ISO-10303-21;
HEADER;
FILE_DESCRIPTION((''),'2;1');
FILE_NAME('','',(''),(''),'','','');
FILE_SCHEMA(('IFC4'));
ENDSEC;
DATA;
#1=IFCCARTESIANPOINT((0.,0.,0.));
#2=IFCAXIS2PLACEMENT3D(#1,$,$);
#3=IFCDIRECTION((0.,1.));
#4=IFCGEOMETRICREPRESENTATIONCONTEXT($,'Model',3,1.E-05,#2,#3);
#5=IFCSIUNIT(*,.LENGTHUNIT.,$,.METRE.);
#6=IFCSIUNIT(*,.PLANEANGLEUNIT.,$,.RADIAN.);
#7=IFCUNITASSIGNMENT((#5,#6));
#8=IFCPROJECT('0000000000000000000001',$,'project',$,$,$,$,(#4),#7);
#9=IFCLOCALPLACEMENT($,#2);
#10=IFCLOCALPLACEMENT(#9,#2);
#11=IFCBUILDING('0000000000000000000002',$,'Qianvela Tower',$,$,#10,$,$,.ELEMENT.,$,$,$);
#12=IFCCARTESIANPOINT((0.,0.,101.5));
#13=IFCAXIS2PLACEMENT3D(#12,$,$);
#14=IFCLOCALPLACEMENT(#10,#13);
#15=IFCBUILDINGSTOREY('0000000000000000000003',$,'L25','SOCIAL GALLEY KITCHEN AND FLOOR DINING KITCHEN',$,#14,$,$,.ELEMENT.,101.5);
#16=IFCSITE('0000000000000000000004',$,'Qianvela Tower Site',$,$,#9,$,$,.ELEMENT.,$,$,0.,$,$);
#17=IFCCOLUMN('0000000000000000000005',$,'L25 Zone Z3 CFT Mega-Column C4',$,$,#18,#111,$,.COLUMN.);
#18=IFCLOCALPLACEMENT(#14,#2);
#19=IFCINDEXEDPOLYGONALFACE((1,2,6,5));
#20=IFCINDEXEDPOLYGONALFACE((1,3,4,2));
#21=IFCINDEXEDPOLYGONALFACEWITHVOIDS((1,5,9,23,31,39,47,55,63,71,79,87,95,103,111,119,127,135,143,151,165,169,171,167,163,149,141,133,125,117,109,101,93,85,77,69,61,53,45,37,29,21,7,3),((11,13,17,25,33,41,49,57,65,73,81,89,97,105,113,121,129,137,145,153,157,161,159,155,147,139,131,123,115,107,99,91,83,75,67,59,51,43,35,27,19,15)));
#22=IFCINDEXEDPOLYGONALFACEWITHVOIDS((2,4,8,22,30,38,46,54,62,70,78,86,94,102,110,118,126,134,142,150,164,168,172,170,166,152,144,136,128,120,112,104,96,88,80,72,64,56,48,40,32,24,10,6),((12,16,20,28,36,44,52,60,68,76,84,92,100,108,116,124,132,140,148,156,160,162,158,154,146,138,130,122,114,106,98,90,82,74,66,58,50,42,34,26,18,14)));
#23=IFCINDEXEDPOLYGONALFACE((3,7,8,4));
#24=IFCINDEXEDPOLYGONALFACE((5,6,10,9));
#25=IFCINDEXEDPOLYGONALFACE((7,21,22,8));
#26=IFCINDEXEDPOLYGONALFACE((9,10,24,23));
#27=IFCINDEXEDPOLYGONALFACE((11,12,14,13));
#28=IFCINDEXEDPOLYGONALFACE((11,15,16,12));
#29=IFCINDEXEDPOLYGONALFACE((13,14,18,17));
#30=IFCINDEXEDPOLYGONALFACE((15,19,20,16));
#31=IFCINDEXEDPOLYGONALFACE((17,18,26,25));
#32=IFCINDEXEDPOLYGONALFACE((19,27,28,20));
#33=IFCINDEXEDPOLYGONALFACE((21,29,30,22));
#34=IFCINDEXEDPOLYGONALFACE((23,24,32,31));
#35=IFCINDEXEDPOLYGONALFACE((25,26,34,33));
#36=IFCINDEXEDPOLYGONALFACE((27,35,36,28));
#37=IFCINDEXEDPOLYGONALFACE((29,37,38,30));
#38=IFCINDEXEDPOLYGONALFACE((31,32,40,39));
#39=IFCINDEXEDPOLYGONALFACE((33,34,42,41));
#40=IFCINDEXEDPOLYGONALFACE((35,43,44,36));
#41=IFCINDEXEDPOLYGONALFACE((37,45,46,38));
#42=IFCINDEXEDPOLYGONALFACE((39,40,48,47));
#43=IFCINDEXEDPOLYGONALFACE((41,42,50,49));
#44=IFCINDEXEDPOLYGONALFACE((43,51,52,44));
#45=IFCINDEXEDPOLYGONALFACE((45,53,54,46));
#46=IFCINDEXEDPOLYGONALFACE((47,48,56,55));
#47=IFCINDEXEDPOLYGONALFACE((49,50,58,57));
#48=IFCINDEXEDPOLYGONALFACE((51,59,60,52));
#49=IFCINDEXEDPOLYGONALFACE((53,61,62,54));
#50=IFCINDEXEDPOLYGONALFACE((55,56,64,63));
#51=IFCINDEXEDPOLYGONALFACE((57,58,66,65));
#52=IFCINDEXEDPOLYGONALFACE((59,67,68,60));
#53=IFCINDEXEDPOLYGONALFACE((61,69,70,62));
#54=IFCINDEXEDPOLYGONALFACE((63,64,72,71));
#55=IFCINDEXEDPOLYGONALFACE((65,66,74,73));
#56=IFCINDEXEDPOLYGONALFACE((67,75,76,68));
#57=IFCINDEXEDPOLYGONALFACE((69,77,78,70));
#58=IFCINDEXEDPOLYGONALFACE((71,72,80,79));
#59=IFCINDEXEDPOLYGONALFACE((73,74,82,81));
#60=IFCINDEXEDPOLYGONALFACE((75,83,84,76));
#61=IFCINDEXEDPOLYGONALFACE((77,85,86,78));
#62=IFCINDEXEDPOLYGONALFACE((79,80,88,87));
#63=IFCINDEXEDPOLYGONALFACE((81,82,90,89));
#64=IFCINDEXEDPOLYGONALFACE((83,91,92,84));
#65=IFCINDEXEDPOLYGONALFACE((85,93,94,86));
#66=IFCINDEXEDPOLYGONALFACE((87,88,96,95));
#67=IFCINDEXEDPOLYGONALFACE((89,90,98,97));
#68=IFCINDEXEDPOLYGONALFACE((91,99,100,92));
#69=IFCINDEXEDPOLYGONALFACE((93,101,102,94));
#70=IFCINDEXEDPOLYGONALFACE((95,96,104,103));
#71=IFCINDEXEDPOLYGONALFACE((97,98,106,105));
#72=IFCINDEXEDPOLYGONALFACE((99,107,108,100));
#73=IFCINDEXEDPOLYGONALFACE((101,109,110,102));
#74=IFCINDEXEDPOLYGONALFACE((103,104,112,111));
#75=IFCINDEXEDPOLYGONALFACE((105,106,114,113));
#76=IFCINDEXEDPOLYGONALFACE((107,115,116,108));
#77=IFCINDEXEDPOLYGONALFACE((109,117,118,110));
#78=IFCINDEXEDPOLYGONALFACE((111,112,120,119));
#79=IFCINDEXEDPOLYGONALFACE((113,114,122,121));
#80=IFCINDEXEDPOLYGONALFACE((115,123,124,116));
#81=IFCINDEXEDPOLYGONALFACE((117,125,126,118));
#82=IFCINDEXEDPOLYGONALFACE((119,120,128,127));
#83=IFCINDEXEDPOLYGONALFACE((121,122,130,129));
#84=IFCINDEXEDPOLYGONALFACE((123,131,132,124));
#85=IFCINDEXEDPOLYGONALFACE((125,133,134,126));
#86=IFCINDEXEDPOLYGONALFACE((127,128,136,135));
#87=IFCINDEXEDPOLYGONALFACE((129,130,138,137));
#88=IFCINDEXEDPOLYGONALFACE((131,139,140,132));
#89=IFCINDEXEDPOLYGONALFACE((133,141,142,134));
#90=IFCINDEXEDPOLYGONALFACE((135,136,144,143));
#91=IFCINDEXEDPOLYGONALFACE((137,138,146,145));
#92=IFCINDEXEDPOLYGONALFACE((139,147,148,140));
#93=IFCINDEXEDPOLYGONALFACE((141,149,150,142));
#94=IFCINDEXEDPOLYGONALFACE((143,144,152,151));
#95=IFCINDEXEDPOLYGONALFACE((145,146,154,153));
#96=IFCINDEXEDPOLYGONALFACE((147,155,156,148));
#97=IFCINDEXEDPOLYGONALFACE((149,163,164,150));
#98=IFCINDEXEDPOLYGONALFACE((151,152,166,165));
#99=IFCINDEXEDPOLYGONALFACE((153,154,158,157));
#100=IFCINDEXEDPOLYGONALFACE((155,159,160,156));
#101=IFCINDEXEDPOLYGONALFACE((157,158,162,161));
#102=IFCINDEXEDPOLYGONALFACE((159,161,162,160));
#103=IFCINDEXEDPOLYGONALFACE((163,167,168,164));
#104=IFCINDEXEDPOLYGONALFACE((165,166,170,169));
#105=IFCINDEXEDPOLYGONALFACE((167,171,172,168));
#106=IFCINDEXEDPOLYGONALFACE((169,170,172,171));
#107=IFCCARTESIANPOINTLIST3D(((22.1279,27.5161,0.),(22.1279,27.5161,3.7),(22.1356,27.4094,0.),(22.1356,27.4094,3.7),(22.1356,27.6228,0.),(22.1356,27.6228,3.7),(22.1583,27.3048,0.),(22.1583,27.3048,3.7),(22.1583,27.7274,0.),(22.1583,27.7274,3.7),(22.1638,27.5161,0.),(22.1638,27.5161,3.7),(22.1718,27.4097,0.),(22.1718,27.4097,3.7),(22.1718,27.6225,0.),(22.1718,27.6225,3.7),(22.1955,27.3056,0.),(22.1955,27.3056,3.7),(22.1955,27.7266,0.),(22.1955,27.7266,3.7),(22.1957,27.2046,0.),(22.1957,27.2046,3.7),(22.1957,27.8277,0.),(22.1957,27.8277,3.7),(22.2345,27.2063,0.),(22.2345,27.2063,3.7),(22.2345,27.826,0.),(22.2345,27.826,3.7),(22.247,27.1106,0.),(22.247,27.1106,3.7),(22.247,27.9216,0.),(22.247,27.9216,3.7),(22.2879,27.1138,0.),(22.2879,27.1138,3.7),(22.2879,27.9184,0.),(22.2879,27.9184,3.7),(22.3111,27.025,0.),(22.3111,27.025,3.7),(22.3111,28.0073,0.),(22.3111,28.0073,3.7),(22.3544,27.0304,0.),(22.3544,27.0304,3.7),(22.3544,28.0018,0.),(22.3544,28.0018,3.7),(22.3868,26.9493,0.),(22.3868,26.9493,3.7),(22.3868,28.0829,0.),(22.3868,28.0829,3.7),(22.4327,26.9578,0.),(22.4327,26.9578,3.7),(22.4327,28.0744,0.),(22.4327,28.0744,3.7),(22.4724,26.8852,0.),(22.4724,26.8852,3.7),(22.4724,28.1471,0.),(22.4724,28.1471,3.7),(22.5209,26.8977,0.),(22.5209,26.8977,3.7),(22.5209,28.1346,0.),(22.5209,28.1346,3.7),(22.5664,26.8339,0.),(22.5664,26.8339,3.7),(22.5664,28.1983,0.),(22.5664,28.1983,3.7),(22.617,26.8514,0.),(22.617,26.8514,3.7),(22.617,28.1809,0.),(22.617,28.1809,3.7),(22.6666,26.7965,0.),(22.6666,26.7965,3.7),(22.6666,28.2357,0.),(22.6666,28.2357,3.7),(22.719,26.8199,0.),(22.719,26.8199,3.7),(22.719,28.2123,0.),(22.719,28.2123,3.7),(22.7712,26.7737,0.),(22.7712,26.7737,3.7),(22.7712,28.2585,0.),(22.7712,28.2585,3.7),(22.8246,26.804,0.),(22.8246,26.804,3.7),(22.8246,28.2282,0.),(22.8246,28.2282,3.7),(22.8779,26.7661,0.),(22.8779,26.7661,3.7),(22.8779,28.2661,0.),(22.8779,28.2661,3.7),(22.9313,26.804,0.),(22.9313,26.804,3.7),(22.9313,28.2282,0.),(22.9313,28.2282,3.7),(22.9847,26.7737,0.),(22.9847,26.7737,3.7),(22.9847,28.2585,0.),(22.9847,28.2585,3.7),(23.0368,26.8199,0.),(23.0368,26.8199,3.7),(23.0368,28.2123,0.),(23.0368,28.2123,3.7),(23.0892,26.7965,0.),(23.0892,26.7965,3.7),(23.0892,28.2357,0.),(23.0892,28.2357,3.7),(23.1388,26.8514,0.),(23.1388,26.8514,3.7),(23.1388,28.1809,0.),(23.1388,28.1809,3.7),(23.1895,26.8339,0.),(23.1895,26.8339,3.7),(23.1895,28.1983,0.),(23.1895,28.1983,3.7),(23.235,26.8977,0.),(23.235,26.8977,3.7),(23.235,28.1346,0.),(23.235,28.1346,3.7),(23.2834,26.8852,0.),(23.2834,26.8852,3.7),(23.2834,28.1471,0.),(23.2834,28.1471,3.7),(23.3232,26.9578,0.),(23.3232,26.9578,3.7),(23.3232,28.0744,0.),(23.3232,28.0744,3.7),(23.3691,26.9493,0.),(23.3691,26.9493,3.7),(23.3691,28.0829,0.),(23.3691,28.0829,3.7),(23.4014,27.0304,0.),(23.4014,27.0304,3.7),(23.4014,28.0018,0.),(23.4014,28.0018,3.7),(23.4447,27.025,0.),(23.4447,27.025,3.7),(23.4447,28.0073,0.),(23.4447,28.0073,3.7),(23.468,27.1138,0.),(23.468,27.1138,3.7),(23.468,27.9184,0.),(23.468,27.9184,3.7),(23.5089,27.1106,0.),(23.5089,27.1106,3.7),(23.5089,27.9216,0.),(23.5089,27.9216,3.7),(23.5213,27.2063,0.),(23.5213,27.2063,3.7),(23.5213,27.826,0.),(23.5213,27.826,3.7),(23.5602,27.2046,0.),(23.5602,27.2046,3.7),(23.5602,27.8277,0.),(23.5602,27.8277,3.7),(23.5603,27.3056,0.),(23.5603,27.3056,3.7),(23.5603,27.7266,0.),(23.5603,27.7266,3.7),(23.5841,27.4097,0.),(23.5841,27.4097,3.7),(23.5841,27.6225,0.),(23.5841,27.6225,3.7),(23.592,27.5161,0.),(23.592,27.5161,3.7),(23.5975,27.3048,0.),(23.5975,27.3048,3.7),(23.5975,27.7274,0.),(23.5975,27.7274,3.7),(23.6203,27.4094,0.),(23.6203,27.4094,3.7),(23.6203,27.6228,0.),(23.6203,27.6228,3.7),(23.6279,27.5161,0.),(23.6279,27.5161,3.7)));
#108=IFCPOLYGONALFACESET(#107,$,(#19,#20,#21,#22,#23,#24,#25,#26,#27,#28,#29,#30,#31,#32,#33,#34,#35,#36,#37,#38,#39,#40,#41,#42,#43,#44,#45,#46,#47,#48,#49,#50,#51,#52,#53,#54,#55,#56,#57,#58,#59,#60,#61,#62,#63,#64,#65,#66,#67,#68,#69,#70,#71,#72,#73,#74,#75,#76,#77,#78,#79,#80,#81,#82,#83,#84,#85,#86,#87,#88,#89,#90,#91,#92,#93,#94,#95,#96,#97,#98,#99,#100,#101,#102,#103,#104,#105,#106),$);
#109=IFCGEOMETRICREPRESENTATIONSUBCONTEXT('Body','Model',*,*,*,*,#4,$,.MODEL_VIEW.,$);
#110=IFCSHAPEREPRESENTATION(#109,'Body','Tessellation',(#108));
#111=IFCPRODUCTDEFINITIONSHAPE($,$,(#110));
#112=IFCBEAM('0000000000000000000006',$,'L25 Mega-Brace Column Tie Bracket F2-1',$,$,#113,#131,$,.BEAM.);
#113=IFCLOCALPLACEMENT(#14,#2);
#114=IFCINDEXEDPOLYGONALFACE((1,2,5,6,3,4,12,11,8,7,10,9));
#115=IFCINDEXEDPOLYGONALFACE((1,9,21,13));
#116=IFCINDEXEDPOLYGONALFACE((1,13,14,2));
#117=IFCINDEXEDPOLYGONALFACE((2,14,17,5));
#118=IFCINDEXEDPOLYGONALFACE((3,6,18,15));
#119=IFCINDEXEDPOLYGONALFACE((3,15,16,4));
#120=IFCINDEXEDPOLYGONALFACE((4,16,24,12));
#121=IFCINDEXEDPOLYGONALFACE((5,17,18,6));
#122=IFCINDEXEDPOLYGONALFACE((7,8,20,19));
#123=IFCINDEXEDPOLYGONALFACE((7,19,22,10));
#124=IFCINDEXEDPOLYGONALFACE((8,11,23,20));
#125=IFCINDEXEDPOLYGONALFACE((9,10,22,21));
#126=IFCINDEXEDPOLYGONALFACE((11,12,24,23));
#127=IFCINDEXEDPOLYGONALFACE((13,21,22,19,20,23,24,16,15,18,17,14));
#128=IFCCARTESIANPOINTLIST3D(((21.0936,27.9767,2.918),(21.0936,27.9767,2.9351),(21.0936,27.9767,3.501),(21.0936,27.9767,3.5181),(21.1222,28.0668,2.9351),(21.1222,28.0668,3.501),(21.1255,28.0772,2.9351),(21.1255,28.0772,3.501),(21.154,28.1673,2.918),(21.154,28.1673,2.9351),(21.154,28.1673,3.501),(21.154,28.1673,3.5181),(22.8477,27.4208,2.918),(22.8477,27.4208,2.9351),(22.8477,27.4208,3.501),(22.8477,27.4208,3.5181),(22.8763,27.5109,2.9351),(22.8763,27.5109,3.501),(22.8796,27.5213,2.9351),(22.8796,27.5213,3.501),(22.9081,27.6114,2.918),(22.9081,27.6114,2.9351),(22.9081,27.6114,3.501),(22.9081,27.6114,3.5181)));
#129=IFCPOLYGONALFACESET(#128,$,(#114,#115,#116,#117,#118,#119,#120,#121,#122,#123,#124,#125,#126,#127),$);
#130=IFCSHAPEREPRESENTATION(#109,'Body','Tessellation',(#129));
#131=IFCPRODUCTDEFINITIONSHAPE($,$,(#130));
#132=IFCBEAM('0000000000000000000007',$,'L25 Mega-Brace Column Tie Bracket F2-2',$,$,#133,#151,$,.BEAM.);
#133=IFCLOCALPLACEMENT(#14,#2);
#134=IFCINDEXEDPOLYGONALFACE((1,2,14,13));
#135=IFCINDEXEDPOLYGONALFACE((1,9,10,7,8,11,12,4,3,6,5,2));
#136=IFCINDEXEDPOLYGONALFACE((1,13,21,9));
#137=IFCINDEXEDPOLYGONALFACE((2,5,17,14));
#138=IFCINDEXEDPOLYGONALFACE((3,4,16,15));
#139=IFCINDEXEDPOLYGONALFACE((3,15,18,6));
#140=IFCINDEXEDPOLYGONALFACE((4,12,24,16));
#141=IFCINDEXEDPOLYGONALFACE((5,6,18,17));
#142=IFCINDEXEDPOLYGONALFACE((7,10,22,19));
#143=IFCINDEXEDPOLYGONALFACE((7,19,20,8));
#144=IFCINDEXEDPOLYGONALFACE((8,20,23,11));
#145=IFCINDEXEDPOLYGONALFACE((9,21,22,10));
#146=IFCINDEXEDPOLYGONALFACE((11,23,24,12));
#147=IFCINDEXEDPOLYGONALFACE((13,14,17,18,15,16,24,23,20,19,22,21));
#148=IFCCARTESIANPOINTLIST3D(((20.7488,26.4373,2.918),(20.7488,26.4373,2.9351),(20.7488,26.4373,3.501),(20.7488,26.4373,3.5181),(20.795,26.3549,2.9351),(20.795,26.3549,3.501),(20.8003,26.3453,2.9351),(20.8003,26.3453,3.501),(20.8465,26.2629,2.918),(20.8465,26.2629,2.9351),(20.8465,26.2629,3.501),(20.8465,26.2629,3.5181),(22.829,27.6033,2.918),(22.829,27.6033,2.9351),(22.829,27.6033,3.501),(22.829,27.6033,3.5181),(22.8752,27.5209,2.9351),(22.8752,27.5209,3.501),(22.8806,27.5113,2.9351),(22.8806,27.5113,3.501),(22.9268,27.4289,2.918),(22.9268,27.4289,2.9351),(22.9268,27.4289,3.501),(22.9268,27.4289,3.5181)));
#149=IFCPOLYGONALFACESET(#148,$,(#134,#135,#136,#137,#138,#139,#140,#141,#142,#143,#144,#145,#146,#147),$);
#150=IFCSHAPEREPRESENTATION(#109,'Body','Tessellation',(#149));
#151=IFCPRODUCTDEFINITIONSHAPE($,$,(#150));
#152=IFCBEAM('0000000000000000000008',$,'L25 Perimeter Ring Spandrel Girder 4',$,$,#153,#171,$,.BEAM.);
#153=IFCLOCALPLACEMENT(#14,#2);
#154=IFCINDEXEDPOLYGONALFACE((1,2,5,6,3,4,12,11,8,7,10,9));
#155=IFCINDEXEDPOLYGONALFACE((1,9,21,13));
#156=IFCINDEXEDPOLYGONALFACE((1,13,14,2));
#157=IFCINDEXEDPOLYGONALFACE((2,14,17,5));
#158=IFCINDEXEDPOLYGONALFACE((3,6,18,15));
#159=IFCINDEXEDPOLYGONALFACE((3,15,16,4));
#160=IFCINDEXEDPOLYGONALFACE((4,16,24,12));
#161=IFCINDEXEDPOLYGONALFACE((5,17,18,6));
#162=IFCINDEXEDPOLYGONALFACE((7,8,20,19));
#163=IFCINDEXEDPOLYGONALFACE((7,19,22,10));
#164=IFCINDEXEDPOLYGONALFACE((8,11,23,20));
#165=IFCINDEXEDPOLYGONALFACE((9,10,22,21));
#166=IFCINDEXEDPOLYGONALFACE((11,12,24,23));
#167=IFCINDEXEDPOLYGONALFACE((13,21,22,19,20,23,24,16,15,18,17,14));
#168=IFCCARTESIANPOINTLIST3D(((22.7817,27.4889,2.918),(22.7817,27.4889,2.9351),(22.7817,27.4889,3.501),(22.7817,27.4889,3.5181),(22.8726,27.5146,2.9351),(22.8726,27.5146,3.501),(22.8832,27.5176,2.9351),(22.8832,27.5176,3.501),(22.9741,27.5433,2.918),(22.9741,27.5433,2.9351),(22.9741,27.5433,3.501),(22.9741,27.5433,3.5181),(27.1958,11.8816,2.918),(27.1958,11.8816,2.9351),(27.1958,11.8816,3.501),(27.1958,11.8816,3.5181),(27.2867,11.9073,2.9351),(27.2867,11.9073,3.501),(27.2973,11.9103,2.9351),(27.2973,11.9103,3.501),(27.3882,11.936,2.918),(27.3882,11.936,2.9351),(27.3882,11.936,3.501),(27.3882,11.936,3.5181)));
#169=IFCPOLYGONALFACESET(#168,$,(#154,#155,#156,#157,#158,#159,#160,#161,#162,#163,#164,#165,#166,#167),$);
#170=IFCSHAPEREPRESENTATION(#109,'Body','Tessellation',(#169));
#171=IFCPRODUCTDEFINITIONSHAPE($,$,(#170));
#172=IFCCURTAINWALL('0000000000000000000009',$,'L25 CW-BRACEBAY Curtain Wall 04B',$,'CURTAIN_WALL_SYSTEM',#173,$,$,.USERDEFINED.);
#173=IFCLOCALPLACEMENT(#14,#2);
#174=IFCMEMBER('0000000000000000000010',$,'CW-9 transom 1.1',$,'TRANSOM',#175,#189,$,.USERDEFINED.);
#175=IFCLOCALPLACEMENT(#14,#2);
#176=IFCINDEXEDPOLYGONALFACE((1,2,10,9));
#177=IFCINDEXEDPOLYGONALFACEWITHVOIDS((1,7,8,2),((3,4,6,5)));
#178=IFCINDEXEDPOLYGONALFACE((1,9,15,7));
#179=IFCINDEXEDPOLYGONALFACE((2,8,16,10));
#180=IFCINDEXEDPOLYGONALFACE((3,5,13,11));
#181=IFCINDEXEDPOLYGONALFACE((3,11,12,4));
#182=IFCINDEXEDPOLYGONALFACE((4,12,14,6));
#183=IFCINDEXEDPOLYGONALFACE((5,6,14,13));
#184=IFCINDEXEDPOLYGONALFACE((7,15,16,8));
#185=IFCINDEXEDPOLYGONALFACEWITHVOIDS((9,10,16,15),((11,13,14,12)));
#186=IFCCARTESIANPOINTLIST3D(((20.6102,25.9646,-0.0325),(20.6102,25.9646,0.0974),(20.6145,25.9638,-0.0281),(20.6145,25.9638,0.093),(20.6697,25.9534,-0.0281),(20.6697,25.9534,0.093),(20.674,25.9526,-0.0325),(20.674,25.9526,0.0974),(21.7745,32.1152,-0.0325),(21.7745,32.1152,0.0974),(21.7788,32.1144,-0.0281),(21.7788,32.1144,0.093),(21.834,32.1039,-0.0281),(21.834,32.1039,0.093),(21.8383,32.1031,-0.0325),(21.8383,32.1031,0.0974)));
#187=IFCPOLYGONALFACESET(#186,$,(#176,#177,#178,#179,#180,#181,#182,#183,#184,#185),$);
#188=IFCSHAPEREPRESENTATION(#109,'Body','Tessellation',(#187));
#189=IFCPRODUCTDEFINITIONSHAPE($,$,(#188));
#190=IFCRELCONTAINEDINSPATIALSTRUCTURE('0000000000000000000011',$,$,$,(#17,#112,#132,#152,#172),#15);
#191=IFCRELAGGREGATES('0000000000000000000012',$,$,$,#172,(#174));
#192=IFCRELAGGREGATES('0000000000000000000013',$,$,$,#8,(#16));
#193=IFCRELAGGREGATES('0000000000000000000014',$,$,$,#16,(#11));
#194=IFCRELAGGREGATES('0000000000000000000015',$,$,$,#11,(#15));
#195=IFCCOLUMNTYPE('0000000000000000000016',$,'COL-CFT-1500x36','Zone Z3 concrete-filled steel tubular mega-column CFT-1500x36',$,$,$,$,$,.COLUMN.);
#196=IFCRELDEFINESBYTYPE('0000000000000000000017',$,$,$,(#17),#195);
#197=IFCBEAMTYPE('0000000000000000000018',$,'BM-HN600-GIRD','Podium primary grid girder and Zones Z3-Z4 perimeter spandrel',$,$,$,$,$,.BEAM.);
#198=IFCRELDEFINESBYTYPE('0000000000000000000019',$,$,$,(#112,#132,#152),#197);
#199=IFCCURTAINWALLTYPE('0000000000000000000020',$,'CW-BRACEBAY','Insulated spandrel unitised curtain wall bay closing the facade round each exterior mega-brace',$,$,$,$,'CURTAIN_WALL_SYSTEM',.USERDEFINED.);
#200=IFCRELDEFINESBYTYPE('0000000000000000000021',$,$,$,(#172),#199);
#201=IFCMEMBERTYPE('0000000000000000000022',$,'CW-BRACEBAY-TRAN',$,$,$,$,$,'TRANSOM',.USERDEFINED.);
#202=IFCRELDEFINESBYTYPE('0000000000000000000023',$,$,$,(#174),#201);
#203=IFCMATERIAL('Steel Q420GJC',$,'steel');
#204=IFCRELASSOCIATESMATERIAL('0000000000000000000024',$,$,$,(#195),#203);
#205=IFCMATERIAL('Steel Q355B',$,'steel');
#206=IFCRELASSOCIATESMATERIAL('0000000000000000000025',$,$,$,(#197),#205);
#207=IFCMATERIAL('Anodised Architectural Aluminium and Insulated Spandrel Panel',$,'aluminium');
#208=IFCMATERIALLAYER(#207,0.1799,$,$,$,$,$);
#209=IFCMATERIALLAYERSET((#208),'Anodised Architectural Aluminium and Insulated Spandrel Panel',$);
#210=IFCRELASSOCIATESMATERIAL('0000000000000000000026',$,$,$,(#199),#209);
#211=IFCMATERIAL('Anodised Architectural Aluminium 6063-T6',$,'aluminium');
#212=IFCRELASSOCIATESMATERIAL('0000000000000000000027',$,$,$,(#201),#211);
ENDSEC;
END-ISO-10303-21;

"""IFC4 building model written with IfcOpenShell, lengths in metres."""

from ifc_helpers import new_model, si_unit, direction, frame, origin, origin_2d, place, context, subcontext, project, spatial, hollow_rectangle, hollow_circle, i_section, extrude, material, layer, layer_set, material_profile, profile_set, type_object, element, aggregate, save


model = new_model("IFC4")

# Units and contexts
model_context = context("Model", 3, precision=1e-05, world=origin(), true_north=direction((0.0, 1.0)))
body_context = subcontext(model_context, "Body", "Model", "MODEL_VIEW")
ifc_project = project(units=[si_unit("LENGTHUNIT", "METRE"), si_unit("PLANEANGLEUNIT", "RADIAN")], contexts=[model_context])

# Site, building, storey
site_placement = place(None, origin())
site = spatial("IfcSite", under=ifc_project, at=site_placement, Name="Qianvela Tower Site", CompositionType="ELEMENT", RefElevation=0.0)
building_placement = place(site_placement, origin())
building = spatial("IfcBuilding", under=site, at=building_placement, Name="Qianvela Tower", CompositionType="ELEMENT")
storey_placement = place(building_placement, frame((0.0, 0.0, 101.5)))
storey = spatial("IfcBuildingStorey", under=building, at=storey_placement, Name="L25", Description="SOCIAL GALLEY KITCHEN AND FLOOR DINING KITCHEN", CompositionType="ELEMENT", Elevation=101.5)

# Column
ifc_material_1 = material(Name="Steel Q420GJC", Category="steel")
ifc_material_profile_1 = material_profile(ifc_material_1, hollow_circle(Radius=0.75, WallThickness=0.0359, at=origin_2d()), Name="CFT-1500x36")
ifc_profile_set_1 = profile_set([ifc_material_profile_1], Name="Steel Q420GJC")
column_type = type_object("IfcColumnType", Name="COL-CFT-1500x36", Description="Zone Z3 concrete-filled steel tubular mega-column CFT-1500x36", PredefinedType="COLUMN", material=ifc_profile_set_1)
column_placement = place(storey_placement, frame((22.8779, 27.5161, 0.0), z_axis=(0.0, 0.0, 1.0), x_axis=(1.0, 0.0, 0.0)))
element("IfcColumn", 1, at=column_placement, inside=storey, type_object=column_type, Name="L25 Zone Z3 CFT Mega-Column C4", PredefinedType="COLUMN", context=body_context, shape_type="SweptSolid", body=[
    extrude(hollow_circle(Radius=0.75, WallThickness=0.0359, at=origin_2d()), origin(), (0.0, 0.0, 1.0), 3.7),
])

# Beams
ifc_material_2 = material(Name="Steel Q355B", Category="steel")
ifc_material_profile_2 = material_profile(ifc_material_2, i_section(OverallWidth=0.2, OverallDepth=0.6001, WebThickness=0.011, FlangeThickness=0.0171, at=origin_2d()), Name="HN600x200x11x17")
ifc_profile_set_2 = profile_set([ifc_material_profile_2], Name="Steel Q355B")
beam_type = type_object("IfcBeamType", Name="BM-HN600-GIRD", Description="Podium primary grid girder and Zones Z3-Z4 perimeter spandrel", PredefinedType="BEAM", material=ifc_profile_set_2)
beam_1_placement = place(storey_placement, frame((22.8779, 27.5161, 3.218), z_axis=(-0.953275, 0.302103, 0.0), x_axis=(-0.302103, -0.953275, 0.0)))
element("IfcBeam", 2, at=beam_1_placement, inside=storey, type_object=beam_type, Name="L25 Mega-Brace Column Tie Bracket F2-1", PredefinedType="BEAM", context=body_context, shape_type="SweptSolid", body=[
    extrude(i_section(OverallWidth=0.2, OverallDepth=0.6001, WebThickness=0.011, FlangeThickness=0.0171, at=origin_2d()), origin(), (0.0, 0.0, 1.0), 1.8401),
])
beam_2_placement = place(storey_placement, frame((22.8779, 27.5161, 3.218), z_axis=(-0.872321, -0.488934, 0.0), x_axis=(0.488934, -0.872321, 0.0)))
element("IfcBeam", 3, at=beam_2_placement, inside=storey, type_object=beam_type, Name="L25 Mega-Brace Column Tie Bracket F2-2", PredefinedType="BEAM", context=body_context, shape_type="SweptSolid", body=[
    extrude(i_section(OverallWidth=0.2, OverallDepth=0.6001, WebThickness=0.011, FlangeThickness=0.0171, at=origin_2d()), origin(), (0.0, 0.0, 1.0), 2.3848),
])
beam_3_placement = place(storey_placement, frame((22.8779, 27.5161, 3.218), z_axis=(0.272148, -0.962256, 0.0), x_axis=(0.962256, 0.272148, 0.0)))
element("IfcBeam", 4, at=beam_3_placement, inside=storey, type_object=beam_type, Name="L25 Perimeter Ring Spandrel Girder 4", PredefinedType="BEAM", context=body_context, shape_type="SweptSolid", body=[
    extrude(i_section(OverallWidth=0.2, OverallDepth=0.6001, WebThickness=0.011, FlangeThickness=0.0171, at=origin_2d()), origin(), (0.0, 0.0, 1.0), 16.2195),
])

# Curtain wall, member
ifc_material_3 = material(Name="Anodised Architectural Aluminium and Insulated Spandrel Panel", Category="aluminium")
ifc_layer_1 = layer(ifc_material_3, 0.1799)
ifc_layer_set_1 = layer_set([ifc_layer_1], Name="Anodised Architectural Aluminium and Insulated Spandrel Panel")
curtain_wall_type = type_object("IfcCurtainWallType", Name="CW-BRACEBAY", Description="Insulated spandrel unitised curtain wall bay closing the facade round each exterior mega-brace", ElementType="CURTAIN_WALL_SYSTEM", PredefinedType="USERDEFINED", material=ifc_layer_set_1)
curtain_wall_placement = place(storey_placement, origin())
curtain_wall = element("IfcCurtainWall", 5, at=curtain_wall_placement, inside=storey, type_object=curtain_wall_type, Name="L25 CW-BRACEBAY Curtain Wall 04B", ObjectType="CURTAIN_WALL_SYSTEM", PredefinedType="USERDEFINED")
ifc_material_4 = material(Name="Anodised Architectural Aluminium 6063-T6", Category="aluminium")
ifc_material_profile_3 = material_profile(ifc_material_4, hollow_rectangle(XDim=0.0649, YDim=0.1299, WallThickness=0.0044, at=origin_2d()), Name="ALU-TRAN-65x130")
ifc_profile_set_3 = profile_set([ifc_material_profile_3], Name="Anodised Architectural Aluminium 6063-T6")
member_type_1 = type_object("IfcMemberType", Name="CW-BRACEBAY-TRAN", ElementType="TRANSOM", PredefinedType="USERDEFINED", material=ifc_profile_set_3)
member_1_placement = place(storey_placement, frame((21.8064, 32.1091, 0.0325), z_axis=(-0.185995, -0.982551, 0.0), x_axis=(0.982551, -0.185995, 0.0)))
member_1 = element("IfcMember", 6, at=member_1_placement, type_object=member_type_1, Name="CW-9 transom 1.1", ObjectType="TRANSOM", PredefinedType="USERDEFINED", context=body_context, shape_type="SweptSolid", body=[
    extrude(hollow_rectangle(XDim=0.0649, YDim=0.1299, WallThickness=0.0044, at=origin_2d()), origin(), (0.0, 0.0, 1.0), 6.2598),
])

aggregate(curtain_wall, [member_1])

save(model, "model.ifc")
